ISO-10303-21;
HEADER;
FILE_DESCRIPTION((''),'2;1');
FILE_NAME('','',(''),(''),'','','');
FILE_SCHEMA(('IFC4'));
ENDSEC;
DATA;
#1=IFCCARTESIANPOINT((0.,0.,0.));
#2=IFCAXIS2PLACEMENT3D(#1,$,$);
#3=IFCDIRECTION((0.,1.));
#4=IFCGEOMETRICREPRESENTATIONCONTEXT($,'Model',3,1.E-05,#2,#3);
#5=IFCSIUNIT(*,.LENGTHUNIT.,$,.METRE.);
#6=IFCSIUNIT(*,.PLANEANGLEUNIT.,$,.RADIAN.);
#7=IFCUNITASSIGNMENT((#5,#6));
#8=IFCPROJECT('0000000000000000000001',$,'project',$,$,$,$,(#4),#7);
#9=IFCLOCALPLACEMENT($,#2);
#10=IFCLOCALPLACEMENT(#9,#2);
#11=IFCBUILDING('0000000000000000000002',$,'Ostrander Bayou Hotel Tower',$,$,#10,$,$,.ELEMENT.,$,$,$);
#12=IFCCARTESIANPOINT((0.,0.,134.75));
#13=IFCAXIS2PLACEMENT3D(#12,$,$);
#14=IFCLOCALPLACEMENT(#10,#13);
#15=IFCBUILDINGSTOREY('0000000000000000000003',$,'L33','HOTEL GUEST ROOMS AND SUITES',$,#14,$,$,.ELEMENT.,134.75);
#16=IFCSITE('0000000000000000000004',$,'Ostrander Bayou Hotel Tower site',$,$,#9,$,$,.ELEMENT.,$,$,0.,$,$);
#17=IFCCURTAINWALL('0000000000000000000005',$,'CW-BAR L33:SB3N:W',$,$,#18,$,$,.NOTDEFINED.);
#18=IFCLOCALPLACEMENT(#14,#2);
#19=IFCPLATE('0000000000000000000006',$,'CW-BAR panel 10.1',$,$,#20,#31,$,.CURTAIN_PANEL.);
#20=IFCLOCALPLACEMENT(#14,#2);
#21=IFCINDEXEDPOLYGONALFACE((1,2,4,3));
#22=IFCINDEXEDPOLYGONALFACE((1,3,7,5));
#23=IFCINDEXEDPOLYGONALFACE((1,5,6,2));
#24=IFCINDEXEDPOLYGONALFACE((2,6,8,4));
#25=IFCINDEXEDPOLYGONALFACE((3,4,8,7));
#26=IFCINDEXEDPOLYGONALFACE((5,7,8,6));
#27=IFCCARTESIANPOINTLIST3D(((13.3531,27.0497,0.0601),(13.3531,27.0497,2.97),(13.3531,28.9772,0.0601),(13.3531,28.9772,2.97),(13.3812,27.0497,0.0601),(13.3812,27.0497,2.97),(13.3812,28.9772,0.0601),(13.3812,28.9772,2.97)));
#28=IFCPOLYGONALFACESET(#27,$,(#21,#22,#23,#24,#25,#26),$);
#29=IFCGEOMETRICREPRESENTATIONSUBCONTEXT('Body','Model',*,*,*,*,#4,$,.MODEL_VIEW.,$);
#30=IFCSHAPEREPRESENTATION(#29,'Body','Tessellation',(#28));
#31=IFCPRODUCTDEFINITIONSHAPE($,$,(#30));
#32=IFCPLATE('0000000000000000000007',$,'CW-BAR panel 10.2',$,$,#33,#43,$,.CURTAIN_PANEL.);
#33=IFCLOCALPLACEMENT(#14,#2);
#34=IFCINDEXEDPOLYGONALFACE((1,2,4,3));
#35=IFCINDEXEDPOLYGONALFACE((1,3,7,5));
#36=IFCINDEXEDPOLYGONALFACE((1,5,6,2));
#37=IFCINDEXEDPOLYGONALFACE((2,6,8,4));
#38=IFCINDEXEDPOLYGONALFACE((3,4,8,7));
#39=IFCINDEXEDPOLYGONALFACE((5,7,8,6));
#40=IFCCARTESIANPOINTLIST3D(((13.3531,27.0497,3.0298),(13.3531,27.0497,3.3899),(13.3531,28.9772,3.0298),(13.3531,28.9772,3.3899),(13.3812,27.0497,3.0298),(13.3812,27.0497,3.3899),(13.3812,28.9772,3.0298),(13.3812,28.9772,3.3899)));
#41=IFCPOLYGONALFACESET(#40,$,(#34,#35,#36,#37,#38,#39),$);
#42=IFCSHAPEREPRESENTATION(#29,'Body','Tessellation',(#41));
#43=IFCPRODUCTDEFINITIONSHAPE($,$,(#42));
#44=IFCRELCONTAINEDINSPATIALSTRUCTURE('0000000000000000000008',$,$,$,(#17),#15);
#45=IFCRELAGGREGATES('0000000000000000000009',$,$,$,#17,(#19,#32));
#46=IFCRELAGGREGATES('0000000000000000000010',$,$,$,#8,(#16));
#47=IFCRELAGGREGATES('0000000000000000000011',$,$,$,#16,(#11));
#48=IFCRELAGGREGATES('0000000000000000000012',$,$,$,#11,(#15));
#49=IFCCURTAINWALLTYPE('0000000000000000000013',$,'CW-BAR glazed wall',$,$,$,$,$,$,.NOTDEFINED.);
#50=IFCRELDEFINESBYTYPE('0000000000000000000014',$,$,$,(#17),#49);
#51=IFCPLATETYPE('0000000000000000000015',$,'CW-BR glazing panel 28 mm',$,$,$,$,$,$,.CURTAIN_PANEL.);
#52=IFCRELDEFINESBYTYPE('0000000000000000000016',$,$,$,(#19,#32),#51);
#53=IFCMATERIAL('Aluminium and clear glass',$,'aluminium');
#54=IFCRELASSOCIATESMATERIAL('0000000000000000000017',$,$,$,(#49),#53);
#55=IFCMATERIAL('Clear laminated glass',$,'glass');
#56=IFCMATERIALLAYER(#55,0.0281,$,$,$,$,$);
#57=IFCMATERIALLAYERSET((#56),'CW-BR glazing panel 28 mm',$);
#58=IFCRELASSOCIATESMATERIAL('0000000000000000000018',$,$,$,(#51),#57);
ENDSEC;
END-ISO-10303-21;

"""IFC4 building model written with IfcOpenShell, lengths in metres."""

from ifc_helpers import new_model, si_unit, direction, frame, origin, origin_2d, place, context, subcontext, project, spatial, rectangle, extrude, material, layer, layer_set, type_object, element, aggregate, save


model = new_model("IFC4")

# Units and contexts
model_context = context("Model", 3, precision=1e-05, world=origin(), true_north=direction((0.0, 1.0)))
body_context = subcontext(model_context, "Body", "Model", "MODEL_VIEW")
ifc_project = project(units=[si_unit("LENGTHUNIT", "METRE"), si_unit("PLANEANGLEUNIT", "RADIAN")], contexts=[model_context])

# Site, building, storey
site_placement = place(None, origin())
site = spatial("IfcSite", under=ifc_project, at=site_placement, Name="Ostrander Bayou Hotel Tower site", CompositionType="ELEMENT", RefElevation=0.0)
building_placement = place(site_placement, origin())
building = spatial("IfcBuilding", under=site, at=building_placement, Name="Ostrander Bayou Hotel Tower", CompositionType="ELEMENT")
storey_placement = place(building_placement, frame((0.0, 0.0, 134.75)))
storey = spatial("IfcBuildingStorey", under=building, at=storey_placement, Name="L33", Description="HOTEL GUEST ROOMS AND SUITES", CompositionType="ELEMENT", Elevation=134.75)

# Shared definitions
ifc_material_1 = material(Name="Aluminium and clear glass", Category="aluminium")
curtain_wall_type = type_object("IfcCurtainWallType", Name="CW-BAR glazed wall", PredefinedType="NOTDEFINED", material=ifc_material_1)

# Curtain wall
curtain_wall_1_placement = place(storey_placement, origin())
curtain_wall_1 = element("IfcCurtainWall", 1, at=curtain_wall_1_placement, inside=storey, type_object=curtain_wall_type, Name="CW-BAR L33:SB3N:W", PredefinedType="NOTDEFINED")

# Plates
ifc_material_2 = material(Name="Clear laminated glass", Category="glass")
ifc_layer = layer(ifc_material_2, 0.0281)
ifc_layer_set = layer_set([ifc_layer], Name="CW-BR glazing panel 28 mm")
plate_type = type_object("IfcPlateType", Name="CW-BR glazing panel 28 mm", PredefinedType="CURTAIN_PANEL", material=ifc_layer_set)
plate_1_placement = place(storey_placement, frame((13.3672, 28.0134, 0.0601), z_axis=(0.0, 0.0, 1.0), x_axis=(0.0, 1.0, 0.0)))
plate_1 = element("IfcPlate", 2, at=plate_1_placement, type_object=plate_type, Name="CW-BAR panel 10.1", PredefinedType="CURTAIN_PANEL", context=body_context, shape_type="SweptSolid", body=[
    extrude(rectangle(XDim=1.9275, YDim=0.0281, at=origin_2d()), origin(), (0.0, 0.0, 1.0), 2.9099),
])
plate_2_placement = place(storey_placement, frame((13.3672, 28.0134, 3.0298), z_axis=(0.0, 0.0, 1.0), x_axis=(0.0, 1.0, 0.0)))
plate_2 = element("IfcPlate", 3, at=plate_2_placement, type_object=plate_type, Name="CW-BAR panel 10.2", PredefinedType="CURTAIN_PANEL", context=body_context, shape_type="SweptSolid", body=[
    extrude(rectangle(XDim=1.9275, YDim=0.0281, at=origin_2d()), origin(), (0.0, 0.0, 1.0), 0.3601),
])
aggregate(curtain_wall_1, [plate_1, plate_2])

save(model, "model.ifc")
